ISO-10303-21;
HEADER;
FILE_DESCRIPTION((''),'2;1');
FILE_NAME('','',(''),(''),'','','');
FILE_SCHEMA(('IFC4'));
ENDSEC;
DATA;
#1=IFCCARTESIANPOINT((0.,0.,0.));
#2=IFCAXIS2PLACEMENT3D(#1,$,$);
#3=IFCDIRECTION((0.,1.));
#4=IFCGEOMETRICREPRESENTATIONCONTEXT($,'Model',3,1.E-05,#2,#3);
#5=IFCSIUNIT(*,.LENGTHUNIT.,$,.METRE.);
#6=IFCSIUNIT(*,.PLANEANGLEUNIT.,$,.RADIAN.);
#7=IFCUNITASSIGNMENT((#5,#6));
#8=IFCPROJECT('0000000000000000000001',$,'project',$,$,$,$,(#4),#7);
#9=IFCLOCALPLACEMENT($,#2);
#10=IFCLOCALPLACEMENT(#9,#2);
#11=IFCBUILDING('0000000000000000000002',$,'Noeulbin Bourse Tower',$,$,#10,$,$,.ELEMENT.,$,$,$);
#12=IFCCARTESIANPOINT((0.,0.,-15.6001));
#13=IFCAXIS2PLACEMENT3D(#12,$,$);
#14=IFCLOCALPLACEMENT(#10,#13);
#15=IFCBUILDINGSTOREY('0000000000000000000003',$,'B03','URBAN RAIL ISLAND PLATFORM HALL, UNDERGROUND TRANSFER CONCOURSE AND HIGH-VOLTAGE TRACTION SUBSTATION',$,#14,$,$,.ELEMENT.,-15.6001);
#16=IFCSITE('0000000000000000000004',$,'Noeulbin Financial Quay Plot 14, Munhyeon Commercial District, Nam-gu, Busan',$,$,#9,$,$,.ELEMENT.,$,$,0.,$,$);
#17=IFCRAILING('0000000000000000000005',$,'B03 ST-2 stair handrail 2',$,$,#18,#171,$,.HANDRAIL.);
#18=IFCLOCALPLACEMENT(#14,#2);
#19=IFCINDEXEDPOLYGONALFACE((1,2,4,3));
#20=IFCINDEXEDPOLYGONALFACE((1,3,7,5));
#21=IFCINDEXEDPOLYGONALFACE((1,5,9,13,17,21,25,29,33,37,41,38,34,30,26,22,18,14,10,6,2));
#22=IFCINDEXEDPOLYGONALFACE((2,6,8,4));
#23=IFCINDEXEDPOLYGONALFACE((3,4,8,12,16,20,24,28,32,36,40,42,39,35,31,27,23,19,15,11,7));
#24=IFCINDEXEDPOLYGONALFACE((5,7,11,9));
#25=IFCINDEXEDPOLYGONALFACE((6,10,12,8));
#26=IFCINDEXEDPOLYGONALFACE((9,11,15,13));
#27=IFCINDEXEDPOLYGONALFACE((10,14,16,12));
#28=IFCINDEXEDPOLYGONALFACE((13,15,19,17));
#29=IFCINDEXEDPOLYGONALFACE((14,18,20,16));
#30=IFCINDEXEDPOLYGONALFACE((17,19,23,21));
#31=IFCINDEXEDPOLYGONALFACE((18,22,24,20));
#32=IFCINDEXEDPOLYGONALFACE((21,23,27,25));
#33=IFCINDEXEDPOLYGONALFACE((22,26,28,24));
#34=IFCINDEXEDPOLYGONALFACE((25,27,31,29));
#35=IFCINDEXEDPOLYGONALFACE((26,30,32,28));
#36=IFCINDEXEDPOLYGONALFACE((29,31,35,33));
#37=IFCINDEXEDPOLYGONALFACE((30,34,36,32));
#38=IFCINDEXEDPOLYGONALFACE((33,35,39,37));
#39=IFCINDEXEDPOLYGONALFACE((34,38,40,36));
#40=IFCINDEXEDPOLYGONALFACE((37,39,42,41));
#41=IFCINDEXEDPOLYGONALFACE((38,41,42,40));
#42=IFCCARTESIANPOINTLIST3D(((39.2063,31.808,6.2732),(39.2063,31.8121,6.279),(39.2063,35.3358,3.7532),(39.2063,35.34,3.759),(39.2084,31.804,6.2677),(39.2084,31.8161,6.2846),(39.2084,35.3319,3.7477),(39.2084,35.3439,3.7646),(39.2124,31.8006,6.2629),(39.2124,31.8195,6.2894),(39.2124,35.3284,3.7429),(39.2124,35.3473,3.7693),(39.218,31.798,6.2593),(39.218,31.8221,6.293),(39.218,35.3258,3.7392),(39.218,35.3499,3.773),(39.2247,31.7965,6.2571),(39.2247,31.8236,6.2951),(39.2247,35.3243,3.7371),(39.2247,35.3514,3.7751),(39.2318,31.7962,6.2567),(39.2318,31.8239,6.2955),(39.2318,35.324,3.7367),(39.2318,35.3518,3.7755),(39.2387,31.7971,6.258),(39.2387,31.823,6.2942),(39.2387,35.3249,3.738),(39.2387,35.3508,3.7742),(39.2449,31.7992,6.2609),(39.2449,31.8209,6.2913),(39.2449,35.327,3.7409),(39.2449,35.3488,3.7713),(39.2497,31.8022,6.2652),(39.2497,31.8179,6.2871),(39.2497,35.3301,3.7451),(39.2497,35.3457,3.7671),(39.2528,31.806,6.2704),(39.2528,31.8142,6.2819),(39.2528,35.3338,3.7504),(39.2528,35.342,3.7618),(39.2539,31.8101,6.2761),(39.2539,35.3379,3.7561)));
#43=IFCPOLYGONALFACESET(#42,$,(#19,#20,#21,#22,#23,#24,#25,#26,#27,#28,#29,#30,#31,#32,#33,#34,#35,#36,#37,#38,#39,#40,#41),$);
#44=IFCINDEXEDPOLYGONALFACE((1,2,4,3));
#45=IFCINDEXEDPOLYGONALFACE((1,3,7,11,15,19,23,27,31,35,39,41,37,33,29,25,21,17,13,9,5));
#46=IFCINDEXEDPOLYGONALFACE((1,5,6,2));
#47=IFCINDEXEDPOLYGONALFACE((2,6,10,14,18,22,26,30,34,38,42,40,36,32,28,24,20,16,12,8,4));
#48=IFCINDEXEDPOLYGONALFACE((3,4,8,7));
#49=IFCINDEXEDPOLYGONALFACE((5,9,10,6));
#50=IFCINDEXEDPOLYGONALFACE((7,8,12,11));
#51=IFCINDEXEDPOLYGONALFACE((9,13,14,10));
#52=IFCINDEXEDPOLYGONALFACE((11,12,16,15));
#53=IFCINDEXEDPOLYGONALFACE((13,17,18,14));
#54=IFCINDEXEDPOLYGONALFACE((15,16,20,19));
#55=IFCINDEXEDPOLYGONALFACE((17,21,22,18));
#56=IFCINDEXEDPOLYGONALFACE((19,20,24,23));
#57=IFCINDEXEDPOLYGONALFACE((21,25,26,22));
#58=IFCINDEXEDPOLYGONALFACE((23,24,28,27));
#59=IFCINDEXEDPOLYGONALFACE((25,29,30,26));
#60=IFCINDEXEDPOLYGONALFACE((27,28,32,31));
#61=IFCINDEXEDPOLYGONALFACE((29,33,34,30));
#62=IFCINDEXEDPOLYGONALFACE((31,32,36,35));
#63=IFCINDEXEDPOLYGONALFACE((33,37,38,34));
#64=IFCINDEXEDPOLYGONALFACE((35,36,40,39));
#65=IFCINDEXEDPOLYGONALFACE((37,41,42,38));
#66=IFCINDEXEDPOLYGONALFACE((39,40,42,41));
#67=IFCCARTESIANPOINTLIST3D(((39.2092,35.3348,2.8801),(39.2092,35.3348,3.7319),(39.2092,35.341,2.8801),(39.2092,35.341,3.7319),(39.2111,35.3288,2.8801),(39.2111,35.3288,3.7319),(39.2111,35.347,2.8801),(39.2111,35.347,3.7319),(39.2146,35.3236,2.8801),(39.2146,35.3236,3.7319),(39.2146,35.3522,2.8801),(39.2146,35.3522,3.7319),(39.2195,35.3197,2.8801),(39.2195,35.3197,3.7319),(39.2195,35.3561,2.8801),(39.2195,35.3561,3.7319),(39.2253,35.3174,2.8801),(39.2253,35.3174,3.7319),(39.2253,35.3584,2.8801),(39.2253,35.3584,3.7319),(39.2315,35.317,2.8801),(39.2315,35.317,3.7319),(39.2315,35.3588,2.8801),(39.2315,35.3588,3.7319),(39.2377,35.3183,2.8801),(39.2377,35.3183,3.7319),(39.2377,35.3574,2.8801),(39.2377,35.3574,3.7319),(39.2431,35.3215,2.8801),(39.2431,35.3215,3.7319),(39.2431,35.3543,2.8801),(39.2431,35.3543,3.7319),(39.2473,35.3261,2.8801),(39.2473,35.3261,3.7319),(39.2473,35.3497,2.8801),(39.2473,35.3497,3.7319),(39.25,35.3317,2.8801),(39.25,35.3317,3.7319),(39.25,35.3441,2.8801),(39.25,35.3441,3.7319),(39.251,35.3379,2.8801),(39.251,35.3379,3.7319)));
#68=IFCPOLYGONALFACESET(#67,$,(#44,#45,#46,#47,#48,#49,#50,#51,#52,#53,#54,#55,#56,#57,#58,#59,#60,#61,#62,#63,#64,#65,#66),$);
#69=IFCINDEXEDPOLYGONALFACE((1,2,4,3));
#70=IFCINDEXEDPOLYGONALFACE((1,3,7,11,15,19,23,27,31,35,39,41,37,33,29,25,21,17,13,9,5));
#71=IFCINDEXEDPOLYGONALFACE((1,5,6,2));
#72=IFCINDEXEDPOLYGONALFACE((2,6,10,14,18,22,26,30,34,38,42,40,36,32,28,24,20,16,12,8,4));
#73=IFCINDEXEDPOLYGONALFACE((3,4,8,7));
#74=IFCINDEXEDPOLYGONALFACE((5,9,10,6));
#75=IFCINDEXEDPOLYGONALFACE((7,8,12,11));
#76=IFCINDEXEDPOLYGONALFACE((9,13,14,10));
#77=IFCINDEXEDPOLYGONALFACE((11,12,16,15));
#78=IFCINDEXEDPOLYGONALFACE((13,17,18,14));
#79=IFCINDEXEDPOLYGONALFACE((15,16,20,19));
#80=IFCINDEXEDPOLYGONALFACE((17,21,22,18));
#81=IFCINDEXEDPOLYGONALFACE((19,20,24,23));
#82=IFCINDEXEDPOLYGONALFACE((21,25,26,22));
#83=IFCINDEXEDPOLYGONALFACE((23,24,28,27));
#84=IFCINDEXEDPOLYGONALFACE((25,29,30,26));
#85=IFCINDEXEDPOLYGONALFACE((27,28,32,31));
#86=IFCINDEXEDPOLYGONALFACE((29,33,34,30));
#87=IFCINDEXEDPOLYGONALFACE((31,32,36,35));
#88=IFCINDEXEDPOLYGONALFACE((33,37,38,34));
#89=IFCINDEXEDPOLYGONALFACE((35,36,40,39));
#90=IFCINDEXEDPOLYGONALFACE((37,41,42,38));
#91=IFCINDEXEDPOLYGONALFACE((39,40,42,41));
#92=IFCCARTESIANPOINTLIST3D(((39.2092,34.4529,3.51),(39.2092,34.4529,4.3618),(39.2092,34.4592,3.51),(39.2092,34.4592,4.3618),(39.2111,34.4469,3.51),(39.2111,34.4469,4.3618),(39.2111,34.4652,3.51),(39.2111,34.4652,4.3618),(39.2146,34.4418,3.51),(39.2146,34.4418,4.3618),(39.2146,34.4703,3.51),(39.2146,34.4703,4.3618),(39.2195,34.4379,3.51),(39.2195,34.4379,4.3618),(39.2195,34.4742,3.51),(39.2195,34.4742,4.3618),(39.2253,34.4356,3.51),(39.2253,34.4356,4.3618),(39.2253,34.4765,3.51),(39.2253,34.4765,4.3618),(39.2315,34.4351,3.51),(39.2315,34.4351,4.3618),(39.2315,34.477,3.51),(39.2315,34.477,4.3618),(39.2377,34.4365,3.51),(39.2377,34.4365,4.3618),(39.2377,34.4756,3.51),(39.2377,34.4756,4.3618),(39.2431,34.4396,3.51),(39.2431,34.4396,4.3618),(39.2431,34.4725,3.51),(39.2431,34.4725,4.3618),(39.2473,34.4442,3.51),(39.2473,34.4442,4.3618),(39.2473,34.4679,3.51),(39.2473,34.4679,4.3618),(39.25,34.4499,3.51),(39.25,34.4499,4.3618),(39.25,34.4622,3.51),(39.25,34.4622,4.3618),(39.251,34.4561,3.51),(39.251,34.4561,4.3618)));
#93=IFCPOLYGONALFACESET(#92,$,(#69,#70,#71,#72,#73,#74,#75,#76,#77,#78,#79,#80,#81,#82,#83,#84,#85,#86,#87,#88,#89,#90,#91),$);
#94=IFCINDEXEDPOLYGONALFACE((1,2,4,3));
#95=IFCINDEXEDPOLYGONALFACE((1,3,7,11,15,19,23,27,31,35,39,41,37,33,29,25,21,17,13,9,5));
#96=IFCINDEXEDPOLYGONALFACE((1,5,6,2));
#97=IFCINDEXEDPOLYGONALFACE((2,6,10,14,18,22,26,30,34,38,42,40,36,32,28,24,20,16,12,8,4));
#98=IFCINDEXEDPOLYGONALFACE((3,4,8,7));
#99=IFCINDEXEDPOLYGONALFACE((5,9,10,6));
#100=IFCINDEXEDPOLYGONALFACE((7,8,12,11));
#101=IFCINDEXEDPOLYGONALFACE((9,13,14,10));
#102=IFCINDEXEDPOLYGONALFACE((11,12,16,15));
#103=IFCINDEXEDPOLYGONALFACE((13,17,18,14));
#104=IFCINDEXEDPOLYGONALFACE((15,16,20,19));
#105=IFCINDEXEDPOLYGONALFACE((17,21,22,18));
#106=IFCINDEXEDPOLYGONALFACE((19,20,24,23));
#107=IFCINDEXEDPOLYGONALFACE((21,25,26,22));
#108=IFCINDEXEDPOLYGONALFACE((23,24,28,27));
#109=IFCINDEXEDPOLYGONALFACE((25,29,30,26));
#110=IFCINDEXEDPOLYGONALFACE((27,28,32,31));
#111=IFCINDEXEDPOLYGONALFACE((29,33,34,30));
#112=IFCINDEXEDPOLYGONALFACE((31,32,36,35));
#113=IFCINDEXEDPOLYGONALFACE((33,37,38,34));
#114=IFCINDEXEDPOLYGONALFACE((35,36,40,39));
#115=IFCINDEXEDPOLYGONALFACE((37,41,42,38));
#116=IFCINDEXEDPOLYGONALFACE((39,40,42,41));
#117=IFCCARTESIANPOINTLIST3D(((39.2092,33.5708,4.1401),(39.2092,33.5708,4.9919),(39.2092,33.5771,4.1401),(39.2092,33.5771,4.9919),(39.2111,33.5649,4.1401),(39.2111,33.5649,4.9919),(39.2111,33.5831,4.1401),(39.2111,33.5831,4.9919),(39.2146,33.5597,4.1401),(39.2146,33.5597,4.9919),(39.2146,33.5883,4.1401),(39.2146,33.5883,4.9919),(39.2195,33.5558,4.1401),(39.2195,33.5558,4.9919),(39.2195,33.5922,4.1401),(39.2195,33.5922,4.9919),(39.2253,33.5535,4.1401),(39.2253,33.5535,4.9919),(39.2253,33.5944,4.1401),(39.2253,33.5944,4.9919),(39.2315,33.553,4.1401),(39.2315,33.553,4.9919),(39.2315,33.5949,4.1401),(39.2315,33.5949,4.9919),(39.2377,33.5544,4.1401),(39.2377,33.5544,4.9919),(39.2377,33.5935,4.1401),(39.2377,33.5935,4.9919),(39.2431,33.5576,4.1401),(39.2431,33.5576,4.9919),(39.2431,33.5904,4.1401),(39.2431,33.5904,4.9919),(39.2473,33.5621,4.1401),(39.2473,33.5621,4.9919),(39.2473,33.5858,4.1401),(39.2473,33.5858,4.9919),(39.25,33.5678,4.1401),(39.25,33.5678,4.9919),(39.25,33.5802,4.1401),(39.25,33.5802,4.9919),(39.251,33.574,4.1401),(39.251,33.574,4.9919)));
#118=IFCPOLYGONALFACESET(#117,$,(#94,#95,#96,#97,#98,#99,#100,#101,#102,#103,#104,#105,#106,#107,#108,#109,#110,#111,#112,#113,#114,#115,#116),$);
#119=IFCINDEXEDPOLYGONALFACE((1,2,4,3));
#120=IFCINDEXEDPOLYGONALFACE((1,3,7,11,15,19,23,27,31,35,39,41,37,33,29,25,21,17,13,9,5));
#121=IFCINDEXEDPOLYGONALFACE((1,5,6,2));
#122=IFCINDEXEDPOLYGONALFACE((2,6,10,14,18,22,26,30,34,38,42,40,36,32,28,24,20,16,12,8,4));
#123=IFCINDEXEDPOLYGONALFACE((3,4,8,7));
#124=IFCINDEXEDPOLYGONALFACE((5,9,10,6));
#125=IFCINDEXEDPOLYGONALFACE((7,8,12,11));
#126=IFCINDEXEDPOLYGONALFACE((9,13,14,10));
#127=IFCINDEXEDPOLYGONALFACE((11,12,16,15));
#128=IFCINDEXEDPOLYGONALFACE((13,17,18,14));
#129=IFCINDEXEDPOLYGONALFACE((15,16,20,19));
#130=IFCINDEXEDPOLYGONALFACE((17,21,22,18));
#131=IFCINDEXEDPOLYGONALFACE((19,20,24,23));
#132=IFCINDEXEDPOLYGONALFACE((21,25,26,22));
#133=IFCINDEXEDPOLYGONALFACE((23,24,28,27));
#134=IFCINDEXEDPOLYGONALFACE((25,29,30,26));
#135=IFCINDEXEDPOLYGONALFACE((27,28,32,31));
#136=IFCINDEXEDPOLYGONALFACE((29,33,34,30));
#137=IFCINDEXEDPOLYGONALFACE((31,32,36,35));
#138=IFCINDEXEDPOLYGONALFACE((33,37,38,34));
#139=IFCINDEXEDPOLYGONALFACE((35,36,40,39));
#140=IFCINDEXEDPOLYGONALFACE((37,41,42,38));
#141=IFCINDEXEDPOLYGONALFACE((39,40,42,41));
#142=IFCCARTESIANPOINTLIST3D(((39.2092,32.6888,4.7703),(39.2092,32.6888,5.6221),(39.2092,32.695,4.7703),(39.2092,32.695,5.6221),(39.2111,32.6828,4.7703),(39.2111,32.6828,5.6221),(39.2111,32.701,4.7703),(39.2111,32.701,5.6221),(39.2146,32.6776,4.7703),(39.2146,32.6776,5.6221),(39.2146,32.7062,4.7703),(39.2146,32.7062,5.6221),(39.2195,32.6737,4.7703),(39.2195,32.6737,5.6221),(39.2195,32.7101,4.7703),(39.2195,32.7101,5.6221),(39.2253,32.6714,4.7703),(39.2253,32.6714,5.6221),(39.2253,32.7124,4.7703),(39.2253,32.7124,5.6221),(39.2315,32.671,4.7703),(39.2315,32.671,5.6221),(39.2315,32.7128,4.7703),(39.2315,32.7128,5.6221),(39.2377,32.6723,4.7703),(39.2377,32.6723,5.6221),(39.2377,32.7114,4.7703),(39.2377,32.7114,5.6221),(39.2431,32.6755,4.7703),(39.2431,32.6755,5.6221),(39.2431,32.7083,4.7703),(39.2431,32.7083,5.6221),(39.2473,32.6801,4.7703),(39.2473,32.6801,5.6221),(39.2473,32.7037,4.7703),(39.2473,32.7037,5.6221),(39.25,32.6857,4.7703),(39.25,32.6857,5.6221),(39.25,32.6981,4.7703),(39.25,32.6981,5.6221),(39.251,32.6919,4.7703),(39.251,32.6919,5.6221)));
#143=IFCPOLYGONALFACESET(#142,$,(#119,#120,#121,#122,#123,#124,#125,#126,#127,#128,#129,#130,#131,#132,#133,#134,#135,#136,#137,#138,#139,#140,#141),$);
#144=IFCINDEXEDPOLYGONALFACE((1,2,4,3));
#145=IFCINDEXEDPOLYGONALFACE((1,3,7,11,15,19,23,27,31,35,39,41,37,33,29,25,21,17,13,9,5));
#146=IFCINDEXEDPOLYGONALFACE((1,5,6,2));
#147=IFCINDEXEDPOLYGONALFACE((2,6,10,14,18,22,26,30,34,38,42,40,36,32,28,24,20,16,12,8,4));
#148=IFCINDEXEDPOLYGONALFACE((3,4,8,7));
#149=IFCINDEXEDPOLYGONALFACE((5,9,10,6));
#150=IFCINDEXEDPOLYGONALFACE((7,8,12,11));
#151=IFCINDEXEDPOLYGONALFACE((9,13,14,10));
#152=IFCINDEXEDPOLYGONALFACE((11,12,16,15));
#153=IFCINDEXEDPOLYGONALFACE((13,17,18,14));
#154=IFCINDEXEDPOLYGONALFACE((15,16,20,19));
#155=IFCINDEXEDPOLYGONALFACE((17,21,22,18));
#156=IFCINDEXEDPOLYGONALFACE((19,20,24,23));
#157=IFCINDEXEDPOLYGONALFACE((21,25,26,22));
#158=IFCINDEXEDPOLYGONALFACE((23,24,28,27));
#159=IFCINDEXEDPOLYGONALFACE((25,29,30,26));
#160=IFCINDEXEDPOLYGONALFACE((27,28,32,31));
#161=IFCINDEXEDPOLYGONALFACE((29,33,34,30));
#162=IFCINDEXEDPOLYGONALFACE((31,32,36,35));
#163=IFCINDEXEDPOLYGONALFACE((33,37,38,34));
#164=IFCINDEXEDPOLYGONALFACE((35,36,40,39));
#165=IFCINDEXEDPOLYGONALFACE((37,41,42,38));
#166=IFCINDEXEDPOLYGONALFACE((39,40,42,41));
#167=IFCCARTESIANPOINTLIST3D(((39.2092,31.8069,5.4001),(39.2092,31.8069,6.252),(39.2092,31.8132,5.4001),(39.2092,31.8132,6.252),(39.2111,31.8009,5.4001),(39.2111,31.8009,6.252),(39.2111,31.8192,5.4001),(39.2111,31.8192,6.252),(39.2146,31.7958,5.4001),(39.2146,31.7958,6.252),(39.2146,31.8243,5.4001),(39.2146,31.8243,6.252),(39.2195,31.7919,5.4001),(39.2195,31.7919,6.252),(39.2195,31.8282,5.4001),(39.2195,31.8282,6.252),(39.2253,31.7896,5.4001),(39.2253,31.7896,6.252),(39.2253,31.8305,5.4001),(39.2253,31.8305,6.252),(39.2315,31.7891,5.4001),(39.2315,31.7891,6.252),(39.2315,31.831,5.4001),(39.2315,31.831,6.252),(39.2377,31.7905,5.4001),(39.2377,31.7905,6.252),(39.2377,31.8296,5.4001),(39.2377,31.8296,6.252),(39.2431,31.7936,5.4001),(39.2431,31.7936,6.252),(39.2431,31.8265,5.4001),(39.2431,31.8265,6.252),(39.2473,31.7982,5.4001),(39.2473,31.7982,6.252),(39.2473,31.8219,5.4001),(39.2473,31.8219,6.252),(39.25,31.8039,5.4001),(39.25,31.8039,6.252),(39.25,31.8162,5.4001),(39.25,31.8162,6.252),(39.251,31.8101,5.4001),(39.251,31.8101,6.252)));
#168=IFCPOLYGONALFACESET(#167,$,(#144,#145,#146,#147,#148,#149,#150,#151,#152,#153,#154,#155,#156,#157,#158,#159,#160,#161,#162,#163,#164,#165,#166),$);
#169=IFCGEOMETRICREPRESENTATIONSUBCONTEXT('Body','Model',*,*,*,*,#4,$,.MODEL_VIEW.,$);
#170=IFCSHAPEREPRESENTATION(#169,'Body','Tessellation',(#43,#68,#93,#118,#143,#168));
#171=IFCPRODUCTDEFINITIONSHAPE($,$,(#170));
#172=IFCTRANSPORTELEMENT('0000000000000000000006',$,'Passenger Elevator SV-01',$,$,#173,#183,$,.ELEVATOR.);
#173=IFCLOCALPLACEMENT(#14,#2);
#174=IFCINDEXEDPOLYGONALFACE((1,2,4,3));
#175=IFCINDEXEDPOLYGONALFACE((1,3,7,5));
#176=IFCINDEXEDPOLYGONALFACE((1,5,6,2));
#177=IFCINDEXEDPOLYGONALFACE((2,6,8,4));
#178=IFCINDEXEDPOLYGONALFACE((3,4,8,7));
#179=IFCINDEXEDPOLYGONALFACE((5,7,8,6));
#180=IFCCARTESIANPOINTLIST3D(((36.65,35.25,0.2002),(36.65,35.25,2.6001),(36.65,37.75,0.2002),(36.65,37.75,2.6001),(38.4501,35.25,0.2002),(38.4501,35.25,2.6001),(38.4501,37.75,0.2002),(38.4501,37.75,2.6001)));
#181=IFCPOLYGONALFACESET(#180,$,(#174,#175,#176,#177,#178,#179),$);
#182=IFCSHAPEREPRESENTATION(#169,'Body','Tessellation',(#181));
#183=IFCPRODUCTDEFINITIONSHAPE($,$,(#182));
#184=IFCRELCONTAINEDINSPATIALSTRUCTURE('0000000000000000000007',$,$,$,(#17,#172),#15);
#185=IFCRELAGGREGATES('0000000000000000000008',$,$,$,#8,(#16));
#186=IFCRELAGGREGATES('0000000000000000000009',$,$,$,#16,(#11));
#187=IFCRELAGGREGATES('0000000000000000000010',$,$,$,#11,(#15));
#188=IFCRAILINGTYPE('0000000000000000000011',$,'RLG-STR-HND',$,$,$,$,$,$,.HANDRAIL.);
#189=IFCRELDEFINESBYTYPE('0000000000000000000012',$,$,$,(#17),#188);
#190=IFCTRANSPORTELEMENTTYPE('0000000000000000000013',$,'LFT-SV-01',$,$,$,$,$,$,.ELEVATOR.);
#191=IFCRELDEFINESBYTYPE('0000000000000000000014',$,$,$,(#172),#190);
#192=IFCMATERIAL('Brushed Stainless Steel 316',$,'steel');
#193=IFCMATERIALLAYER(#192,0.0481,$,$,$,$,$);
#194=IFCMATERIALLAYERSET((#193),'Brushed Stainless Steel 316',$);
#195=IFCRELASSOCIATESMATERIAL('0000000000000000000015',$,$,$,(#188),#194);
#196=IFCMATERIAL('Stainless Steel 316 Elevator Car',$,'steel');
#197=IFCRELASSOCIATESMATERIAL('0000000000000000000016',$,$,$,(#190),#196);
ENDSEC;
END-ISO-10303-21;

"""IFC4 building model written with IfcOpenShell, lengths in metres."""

from ifc_helpers import new_model, si_unit, direction, frame, origin, origin_2d, place, context, subcontext, project, spatial, rectangle, circle, extrude, material, layer, layer_set, type_object, element, save


model = new_model("IFC4")

# Units and contexts
model_context = context("Model", 3, precision=1e-05, world=origin(), true_north=direction((0.0, 1.0)))
body_context = subcontext(model_context, "Body", "Model", "MODEL_VIEW")
ifc_project = project(units=[si_unit("LENGTHUNIT", "METRE"), si_unit("PLANEANGLEUNIT", "RADIAN")], contexts=[model_context])

# Site, building, storey
site_placement = place(None, origin())
site = spatial("IfcSite", under=ifc_project, at=site_placement, Name="Noeulbin Financial Quay Plot 14, Munhyeon Commercial District, Nam-gu, Busan", CompositionType="ELEMENT", RefElevation=0.0)
building_placement = place(site_placement, origin())
building = spatial("IfcBuilding", under=site, at=building_placement, Name="Noeulbin Bourse Tower", CompositionType="ELEMENT")
storey_placement = place(building_placement, frame((0.0, 0.0, -15.6001)))
storey = spatial("IfcBuildingStorey", under=building, at=storey_placement, Name="B03", Description="URBAN RAIL ISLAND PLATFORM HALL, UNDERGROUND TRANSFER CONCOURSE AND HIGH-VOLTAGE TRACTION SUBSTATION", CompositionType="ELEMENT", Elevation=-15.6001)

# Shared definitions
ifc_material_1 = material(Name="Brushed Stainless Steel 316", Category="steel")

# Railing
ifc_layer_1 = layer(ifc_material_1, 0.0481)
ifc_layer_set_1 = layer_set([ifc_layer_1], Name="Brushed Stainless Steel 316")
railing_type_1 = type_object("IfcRailingType", Name="RLG-STR-HND", PredefinedType="HANDRAIL", material=ifc_layer_set_1)
railing_1_placement = place(storey_placement, frame((39.23, 35.3379, 2.8801)))
element("IfcRailing", 1, at=railing_1_placement, inside=storey, type_object=railing_type_1, Name="B03 ST-2 stair handrail 2", PredefinedType="HANDRAIL", context=body_context, shape_type="SweptSolid", body=[
    extrude(circle(Radius=0.0239, at=origin_2d()), frame((0.0, 0.0, 0.876), z_axis=(0.0, -0.813718, 0.58126), x_axis=(1.0, 0.0, 0.0)), (0.0, 0.0, 1.0), 4.3354),
    extrude(circle(Radius=0.021, at=origin_2d()), origin(), (0.0, 0.0, 1.0), 0.8518),
    extrude(circle(Radius=0.021, at=origin_2d()), frame((0.0, -0.8818, 0.6299)), (0.0, 0.0, 1.0), 0.8518),
    extrude(circle(Radius=0.021, at=origin_2d()), frame((0.0, -1.7639, 1.26)), (0.0, 0.0, 1.0), 0.8518),
    extrude(circle(Radius=0.021, at=origin_2d()), frame((0.0, -2.646, 1.8901)), (0.0, 0.0, 1.0), 0.8518),
    extrude(circle(Radius=0.021, at=origin_2d()), frame((0.0, -3.5278, 2.52)), (0.0, 0.0, 1.0), 0.8518),
])

# Transport element
ifc_material_2 = material(Name="Stainless Steel 316 Elevator Car", Category="steel")
transport_element_type = type_object("IfcTransportElementType", Name="LFT-SV-01", PredefinedType="ELEVATOR", material=ifc_material_2)
transport_element_placement = place(storey_placement, frame((37.55, 36.5, 0.2002), z_axis=(0.0, 0.0, 1.0), x_axis=(1.0, 0.0, 0.0)))
element("IfcTransportElement", 2, at=transport_element_placement, inside=storey, type_object=transport_element_type, Name="Passenger Elevator SV-01", PredefinedType="ELEVATOR", context=body_context, shape_type="SweptSolid", body=[
    extrude(rectangle(XDim=1.8, YDim=2.5, at=origin_2d()), origin(), (0.0, 0.0, 1.0), 2.3999),
])

save(model, "model.ifc")
